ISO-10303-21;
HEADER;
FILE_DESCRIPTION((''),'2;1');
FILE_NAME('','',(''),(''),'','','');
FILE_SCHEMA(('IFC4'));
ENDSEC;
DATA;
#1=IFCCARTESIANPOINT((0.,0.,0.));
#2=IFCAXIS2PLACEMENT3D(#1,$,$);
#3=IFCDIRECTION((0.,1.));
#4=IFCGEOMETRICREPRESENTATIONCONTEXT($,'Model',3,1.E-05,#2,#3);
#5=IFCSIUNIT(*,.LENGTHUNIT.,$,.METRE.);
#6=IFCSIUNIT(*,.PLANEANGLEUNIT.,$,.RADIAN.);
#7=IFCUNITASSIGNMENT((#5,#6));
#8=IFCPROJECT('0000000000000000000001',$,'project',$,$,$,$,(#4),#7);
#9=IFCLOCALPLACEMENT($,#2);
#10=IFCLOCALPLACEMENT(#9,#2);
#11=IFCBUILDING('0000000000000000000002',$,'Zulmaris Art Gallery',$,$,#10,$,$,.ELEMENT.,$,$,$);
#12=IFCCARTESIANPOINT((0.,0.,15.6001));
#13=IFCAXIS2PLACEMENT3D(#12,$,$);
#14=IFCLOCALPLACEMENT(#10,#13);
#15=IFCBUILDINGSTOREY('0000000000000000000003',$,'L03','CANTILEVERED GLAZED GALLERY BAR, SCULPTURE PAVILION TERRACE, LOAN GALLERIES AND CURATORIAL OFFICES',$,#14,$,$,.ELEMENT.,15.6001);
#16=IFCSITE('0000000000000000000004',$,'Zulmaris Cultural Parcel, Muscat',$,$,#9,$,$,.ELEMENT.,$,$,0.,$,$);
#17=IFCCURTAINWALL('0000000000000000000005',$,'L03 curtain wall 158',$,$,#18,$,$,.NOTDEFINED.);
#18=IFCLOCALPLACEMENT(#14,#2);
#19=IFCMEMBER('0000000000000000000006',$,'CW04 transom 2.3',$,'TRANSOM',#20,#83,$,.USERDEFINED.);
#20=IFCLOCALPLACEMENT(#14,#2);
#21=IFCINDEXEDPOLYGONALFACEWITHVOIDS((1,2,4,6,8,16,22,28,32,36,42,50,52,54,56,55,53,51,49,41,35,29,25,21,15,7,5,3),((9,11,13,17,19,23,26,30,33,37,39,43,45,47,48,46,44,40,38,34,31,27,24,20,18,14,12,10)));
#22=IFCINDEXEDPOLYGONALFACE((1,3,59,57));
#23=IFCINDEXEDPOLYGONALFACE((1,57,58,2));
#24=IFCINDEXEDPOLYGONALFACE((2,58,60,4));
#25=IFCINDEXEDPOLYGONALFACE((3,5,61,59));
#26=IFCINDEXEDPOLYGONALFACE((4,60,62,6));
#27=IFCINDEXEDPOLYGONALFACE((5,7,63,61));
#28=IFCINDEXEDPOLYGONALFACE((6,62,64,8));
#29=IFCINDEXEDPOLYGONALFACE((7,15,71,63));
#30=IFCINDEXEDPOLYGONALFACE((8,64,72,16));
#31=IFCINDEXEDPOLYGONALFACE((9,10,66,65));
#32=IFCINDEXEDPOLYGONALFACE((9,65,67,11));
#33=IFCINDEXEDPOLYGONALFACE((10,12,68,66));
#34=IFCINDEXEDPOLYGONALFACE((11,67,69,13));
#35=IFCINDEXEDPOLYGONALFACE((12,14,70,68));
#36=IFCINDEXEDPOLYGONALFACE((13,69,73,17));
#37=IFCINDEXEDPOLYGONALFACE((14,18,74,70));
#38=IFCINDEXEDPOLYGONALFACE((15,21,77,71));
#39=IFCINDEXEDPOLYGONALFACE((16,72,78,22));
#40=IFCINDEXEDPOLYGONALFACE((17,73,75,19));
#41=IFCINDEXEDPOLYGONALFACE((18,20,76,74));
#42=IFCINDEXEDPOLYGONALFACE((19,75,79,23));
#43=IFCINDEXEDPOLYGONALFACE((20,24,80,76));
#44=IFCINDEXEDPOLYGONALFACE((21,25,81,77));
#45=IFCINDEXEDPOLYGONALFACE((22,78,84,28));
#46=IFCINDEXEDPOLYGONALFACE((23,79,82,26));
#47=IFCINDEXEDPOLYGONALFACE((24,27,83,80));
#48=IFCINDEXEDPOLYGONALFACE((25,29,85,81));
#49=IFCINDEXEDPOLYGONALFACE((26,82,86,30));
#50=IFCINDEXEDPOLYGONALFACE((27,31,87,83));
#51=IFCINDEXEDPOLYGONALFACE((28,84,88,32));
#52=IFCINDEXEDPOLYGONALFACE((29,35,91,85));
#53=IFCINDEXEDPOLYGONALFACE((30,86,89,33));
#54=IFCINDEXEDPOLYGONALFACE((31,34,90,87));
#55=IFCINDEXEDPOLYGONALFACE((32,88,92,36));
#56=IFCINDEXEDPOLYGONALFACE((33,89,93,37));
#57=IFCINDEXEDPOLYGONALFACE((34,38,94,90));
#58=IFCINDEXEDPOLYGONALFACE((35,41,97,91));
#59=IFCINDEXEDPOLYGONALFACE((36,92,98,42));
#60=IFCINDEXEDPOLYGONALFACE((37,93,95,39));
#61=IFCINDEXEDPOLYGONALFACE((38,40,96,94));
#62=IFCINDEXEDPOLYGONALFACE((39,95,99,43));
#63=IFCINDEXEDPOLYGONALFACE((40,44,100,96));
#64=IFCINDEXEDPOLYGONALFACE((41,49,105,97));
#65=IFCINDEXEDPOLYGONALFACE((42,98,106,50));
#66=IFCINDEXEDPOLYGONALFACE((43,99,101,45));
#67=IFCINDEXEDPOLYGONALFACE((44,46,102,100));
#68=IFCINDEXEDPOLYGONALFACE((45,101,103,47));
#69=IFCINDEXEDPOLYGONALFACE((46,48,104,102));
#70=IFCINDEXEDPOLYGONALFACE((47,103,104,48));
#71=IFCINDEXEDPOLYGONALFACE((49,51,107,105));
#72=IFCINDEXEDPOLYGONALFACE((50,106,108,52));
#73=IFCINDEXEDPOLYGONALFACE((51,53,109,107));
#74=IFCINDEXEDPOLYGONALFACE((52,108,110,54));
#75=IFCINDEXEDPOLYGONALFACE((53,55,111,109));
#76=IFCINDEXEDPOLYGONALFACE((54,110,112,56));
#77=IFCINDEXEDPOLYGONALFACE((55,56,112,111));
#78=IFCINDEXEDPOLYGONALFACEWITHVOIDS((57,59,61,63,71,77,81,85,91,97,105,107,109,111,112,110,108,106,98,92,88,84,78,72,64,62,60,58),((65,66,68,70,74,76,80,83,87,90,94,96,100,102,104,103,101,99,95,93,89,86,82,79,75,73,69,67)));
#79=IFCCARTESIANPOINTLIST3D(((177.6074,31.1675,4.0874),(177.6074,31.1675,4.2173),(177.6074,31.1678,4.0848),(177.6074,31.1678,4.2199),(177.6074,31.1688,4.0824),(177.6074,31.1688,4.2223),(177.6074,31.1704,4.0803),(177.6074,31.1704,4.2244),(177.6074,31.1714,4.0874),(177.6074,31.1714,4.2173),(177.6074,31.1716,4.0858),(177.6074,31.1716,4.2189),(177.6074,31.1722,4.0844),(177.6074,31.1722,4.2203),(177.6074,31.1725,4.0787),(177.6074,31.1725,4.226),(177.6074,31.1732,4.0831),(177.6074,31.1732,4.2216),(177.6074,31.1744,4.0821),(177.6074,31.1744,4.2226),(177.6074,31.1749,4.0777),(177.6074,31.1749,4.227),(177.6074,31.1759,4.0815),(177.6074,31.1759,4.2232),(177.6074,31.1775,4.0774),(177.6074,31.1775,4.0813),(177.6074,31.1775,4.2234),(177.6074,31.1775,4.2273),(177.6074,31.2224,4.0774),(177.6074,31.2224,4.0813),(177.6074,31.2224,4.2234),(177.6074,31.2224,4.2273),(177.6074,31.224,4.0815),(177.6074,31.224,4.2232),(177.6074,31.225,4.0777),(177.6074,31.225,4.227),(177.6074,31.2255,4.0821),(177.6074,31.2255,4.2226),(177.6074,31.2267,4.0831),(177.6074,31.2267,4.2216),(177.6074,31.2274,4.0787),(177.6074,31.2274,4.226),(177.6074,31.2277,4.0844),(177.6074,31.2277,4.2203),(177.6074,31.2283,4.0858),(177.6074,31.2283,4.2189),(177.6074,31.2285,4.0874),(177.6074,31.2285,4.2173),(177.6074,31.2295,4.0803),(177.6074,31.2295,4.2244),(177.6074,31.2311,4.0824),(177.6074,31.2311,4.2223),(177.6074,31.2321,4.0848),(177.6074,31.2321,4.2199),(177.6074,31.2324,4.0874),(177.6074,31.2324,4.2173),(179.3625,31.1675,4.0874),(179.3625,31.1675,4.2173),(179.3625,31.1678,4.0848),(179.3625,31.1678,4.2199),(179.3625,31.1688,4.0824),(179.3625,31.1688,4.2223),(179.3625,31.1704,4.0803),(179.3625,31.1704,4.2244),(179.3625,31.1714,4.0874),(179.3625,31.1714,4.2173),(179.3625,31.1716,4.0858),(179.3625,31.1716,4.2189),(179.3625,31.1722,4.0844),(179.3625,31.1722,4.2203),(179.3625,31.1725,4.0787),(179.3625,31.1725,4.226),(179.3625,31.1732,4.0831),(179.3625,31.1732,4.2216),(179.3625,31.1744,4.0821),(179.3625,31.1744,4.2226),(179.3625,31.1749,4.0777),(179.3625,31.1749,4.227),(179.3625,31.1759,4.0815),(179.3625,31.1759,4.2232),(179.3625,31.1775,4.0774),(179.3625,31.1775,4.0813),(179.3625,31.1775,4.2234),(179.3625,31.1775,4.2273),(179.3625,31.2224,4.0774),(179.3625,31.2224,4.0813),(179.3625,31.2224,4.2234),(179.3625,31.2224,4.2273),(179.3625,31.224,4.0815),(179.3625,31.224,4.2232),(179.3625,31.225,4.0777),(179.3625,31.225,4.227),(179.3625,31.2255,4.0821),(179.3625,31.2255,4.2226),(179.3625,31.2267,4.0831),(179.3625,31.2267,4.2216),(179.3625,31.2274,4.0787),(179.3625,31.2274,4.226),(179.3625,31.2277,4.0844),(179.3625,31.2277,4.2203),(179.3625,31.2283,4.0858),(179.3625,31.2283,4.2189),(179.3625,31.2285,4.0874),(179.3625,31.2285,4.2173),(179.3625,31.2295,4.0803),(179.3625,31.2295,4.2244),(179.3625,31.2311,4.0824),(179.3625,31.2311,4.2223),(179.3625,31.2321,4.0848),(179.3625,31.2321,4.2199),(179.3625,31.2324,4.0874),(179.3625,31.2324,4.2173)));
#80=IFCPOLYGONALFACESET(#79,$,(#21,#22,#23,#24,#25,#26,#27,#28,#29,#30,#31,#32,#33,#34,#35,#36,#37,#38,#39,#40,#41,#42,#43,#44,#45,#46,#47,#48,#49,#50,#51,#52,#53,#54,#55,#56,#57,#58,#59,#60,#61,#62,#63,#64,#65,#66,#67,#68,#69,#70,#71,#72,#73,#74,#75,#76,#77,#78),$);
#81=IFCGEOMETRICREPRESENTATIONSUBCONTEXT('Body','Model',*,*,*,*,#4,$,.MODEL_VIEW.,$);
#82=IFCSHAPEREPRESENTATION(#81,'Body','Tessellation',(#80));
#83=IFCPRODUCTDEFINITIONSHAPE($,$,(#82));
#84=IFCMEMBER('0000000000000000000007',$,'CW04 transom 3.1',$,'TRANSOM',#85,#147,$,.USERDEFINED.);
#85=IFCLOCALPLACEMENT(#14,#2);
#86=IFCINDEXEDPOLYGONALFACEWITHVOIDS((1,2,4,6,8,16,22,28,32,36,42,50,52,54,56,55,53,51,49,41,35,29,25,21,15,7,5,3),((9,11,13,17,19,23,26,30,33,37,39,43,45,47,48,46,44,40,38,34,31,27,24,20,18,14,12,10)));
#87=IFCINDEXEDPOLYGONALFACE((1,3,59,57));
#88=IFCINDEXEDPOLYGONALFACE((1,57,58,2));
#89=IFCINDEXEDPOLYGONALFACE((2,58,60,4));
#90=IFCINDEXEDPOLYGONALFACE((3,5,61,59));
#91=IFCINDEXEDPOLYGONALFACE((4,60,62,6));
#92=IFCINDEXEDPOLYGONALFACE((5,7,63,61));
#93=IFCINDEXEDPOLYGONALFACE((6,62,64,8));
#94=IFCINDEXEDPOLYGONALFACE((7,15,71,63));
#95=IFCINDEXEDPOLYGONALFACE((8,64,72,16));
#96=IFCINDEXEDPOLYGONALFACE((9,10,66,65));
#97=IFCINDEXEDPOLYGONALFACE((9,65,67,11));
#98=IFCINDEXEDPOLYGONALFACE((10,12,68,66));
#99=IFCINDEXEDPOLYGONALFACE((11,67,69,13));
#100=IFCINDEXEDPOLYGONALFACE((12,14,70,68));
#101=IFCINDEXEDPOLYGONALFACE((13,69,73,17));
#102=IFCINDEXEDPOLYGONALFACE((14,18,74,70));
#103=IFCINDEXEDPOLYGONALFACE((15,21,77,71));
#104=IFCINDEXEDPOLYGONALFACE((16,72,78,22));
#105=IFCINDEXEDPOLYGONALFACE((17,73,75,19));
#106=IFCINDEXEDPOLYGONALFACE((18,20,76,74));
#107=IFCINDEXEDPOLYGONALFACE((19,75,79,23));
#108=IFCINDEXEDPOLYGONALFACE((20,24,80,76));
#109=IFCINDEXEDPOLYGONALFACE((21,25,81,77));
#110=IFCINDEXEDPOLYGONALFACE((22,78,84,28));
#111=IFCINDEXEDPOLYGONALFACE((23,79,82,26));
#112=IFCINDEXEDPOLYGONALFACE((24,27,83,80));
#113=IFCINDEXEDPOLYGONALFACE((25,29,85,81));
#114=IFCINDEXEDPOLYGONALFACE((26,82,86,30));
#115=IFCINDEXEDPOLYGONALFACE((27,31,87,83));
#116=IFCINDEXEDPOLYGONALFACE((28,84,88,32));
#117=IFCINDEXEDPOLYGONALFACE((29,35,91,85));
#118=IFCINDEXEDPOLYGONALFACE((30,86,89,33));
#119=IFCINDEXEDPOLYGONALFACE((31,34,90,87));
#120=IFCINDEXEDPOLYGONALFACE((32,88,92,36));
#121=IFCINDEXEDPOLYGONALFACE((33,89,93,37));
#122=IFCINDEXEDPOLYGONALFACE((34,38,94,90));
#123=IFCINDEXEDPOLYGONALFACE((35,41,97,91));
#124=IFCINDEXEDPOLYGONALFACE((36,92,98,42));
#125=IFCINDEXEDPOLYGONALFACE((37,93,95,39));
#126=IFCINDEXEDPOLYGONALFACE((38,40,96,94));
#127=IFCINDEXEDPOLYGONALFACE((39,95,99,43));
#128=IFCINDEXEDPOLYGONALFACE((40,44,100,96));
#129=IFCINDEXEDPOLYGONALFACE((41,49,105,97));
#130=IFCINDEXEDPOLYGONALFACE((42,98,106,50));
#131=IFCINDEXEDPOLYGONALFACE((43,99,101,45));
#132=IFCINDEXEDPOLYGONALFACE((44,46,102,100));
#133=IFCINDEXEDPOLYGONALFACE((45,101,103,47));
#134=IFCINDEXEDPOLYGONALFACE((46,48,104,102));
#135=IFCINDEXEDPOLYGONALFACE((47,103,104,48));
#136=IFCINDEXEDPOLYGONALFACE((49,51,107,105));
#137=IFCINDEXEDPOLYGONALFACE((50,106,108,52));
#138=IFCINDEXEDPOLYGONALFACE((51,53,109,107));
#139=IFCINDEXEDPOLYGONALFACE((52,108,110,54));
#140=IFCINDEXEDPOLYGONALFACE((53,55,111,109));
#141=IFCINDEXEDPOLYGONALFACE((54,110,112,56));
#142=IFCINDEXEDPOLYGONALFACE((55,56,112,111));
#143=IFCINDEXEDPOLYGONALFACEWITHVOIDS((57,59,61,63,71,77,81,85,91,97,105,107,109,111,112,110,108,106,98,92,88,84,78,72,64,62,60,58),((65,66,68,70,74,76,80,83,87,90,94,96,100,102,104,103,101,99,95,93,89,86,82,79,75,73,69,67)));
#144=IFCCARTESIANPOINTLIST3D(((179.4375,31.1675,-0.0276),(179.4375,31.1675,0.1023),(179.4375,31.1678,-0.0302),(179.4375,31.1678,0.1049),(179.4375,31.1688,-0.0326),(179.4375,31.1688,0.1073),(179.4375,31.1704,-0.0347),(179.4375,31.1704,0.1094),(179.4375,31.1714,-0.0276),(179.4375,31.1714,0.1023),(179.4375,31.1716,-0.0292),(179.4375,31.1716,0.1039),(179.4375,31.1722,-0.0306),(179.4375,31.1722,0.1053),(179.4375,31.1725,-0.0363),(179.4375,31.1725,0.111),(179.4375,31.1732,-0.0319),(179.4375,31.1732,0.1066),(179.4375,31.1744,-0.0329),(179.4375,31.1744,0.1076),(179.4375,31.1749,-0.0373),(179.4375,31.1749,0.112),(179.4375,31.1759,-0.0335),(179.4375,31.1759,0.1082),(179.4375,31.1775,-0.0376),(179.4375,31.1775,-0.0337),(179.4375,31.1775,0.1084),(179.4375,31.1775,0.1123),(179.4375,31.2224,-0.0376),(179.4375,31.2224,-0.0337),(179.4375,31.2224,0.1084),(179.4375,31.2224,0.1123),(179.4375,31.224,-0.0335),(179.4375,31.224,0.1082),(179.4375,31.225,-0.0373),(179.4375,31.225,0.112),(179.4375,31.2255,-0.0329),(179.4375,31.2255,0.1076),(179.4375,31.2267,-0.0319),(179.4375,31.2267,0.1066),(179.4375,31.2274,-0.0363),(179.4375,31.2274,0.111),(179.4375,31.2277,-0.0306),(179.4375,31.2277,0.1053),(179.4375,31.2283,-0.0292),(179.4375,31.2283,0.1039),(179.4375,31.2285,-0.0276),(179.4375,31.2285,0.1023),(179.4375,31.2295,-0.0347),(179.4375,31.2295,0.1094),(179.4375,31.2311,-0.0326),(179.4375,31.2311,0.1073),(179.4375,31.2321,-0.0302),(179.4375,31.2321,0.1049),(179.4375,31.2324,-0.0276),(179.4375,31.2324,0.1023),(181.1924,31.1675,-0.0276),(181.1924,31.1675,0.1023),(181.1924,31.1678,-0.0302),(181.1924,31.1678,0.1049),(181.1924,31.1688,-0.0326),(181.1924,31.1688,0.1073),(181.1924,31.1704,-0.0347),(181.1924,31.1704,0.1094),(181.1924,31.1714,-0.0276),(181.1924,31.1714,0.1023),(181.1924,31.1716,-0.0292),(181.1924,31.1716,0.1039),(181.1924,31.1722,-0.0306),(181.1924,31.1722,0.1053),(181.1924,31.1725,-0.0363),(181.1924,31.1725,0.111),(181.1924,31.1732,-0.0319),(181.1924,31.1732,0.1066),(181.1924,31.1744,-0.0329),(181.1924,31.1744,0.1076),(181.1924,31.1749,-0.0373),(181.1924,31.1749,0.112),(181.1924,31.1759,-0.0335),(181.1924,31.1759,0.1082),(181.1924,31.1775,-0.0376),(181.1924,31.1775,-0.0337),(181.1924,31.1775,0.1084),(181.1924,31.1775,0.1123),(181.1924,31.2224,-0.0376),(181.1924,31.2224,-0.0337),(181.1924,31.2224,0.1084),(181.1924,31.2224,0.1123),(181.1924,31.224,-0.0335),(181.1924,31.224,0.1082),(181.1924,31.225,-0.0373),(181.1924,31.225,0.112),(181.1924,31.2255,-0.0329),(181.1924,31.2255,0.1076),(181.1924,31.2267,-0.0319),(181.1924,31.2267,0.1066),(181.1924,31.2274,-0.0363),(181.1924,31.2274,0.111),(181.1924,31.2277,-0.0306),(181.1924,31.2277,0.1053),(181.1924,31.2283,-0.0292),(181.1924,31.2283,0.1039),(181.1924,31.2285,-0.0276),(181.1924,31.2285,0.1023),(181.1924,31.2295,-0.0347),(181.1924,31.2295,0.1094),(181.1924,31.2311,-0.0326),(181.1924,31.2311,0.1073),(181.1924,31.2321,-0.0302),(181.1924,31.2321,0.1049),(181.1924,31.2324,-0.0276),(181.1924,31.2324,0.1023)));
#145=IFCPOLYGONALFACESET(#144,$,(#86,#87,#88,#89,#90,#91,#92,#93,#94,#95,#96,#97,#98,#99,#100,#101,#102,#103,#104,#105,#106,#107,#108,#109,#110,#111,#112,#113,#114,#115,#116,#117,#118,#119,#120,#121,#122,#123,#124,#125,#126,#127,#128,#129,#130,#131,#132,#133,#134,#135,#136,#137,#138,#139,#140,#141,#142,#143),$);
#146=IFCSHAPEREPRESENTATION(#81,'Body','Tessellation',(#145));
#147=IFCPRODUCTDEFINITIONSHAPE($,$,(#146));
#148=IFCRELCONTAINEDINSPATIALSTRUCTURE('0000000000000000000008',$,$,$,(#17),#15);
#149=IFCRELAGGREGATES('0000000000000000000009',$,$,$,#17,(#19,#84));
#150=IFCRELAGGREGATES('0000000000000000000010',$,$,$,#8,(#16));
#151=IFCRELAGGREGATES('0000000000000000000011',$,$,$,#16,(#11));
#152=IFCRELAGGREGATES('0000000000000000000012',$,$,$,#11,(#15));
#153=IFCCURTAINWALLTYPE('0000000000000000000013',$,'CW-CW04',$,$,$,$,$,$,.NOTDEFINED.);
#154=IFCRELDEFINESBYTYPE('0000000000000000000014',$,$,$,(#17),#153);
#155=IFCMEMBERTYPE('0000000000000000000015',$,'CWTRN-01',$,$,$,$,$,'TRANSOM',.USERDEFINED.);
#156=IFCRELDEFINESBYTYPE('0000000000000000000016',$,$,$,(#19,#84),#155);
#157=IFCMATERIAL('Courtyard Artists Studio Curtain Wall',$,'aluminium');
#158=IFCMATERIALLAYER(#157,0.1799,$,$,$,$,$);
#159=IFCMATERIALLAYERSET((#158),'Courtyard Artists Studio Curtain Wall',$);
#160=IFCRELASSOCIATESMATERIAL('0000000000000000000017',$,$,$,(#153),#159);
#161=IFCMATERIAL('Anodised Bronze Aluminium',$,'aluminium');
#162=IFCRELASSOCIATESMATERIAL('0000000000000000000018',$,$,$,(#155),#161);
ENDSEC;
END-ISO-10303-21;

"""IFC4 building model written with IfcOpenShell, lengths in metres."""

from ifc_helpers import new_model, si_unit, direction, frame, origin, origin_2d, place, context, subcontext, project, spatial, hollow_rectangle, extrude, material, layer, layer_set, material_profile, profile_set, type_object, element, aggregate, save


model = new_model("IFC4")

# Units and contexts
model_context = context("Model", 3, precision=1e-05, world=origin(), true_north=direction((0.0, 1.0)))
body_context = subcontext(model_context, "Body", "Model", "MODEL_VIEW")
ifc_project = project(units=[si_unit("LENGTHUNIT", "METRE"), si_unit("PLANEANGLEUNIT", "RADIAN")], contexts=[model_context])

# Site, building, storey
site_placement = place(None, origin())
site = spatial("IfcSite", under=ifc_project, at=site_placement, Name="Zulmaris Cultural Parcel, Muscat", CompositionType="ELEMENT", RefElevation=0.0)
building_placement = place(site_placement, origin())
building = spatial("IfcBuilding", under=site, at=building_placement, Name="Zulmaris Art Gallery", CompositionType="ELEMENT")
storey_placement = place(building_placement, frame((0.0, 0.0, 15.6001)))
storey = spatial("IfcBuildingStorey", under=building, at=storey_placement, Name="L03", Description="CANTILEVERED GLAZED GALLERY BAR, SCULPTURE PAVILION TERRACE, LOAN GALLERIES AND CURATORIAL OFFICES", CompositionType="ELEMENT", Elevation=15.6001)

# Curtain wall, members
ifc_material_1 = material(Name="Courtyard Artists Studio Curtain Wall", Category="aluminium")
ifc_layer_1 = layer(ifc_material_1, 0.1799)
ifc_layer_set_1 = layer_set([ifc_layer_1], Name="Courtyard Artists Studio Curtain Wall")
curtain_wall_type = type_object("IfcCurtainWallType", Name="CW-CW04", PredefinedType="NOTDEFINED", material=ifc_layer_set_1)
curtain_wall_placement = place(storey_placement, origin())
curtain_wall = element("IfcCurtainWall", 1, at=curtain_wall_placement, inside=storey, type_object=curtain_wall_type, Name="L03 curtain wall 158", PredefinedType="NOTDEFINED")
ifc_material_2 = material(Name="Anodised Bronze Aluminium", Category="aluminium")
ifc_material_profile_1 = material_profile(ifc_material_2, hollow_rectangle(XDim=0.0649, YDim=0.1499, WallThickness=0.0039, InnerFilletRadius=0.0061, OuterFilletRadius=0.01, at=origin_2d()), Name="ALU 65x150x4")
ifc_profile_set_1 = profile_set([ifc_material_profile_1], Name="Anodised Bronze Aluminium")
member_type_1 = type_object("IfcMemberType", Name="CWTRN-01", ElementType="TRANSOM", PredefinedType="USERDEFINED", material=ifc_profile_set_1)
member_1_placement = place(storey_placement, frame((177.6074, 31.2, 4.1523), z_axis=(1.0, 0.0, 0.0), x_axis=(0.0, 1.0, 0.0)))
member_1 = element("IfcMember", 2, at=member_1_placement, type_object=member_type_1, Name="CW04 transom 2.3", ObjectType="TRANSOM", PredefinedType="USERDEFINED", context=body_context, shape_type="SweptSolid", body=[
    extrude(hollow_rectangle(XDim=0.0649, YDim=0.1499, WallThickness=0.0039, InnerFilletRadius=0.0061, OuterFilletRadius=0.01, at=origin_2d()), origin(), (0.0, 0.0, 1.0), 1.7551),
])
member_2_placement = place(storey_placement, frame((179.4375, 31.2, 0.0374), z_axis=(1.0, 0.0, 0.0), x_axis=(0.0, 1.0, 0.0)))
member_2 = element("IfcMember", 3, at=member_2_placement, type_object=member_type_1, Name="CW04 transom 3.1", ObjectType="TRANSOM", PredefinedType="USERDEFINED", context=body_context, shape_type="SweptSolid", body=[
    extrude(hollow_rectangle(XDim=0.0649, YDim=0.1499, WallThickness=0.0039, InnerFilletRadius=0.0061, OuterFilletRadius=0.01, at=origin_2d()), origin(), (0.0, 0.0, 1.0), 1.7549),
])
aggregate(curtain_wall, [member_1, member_2])

save(model, "model.ifc")
